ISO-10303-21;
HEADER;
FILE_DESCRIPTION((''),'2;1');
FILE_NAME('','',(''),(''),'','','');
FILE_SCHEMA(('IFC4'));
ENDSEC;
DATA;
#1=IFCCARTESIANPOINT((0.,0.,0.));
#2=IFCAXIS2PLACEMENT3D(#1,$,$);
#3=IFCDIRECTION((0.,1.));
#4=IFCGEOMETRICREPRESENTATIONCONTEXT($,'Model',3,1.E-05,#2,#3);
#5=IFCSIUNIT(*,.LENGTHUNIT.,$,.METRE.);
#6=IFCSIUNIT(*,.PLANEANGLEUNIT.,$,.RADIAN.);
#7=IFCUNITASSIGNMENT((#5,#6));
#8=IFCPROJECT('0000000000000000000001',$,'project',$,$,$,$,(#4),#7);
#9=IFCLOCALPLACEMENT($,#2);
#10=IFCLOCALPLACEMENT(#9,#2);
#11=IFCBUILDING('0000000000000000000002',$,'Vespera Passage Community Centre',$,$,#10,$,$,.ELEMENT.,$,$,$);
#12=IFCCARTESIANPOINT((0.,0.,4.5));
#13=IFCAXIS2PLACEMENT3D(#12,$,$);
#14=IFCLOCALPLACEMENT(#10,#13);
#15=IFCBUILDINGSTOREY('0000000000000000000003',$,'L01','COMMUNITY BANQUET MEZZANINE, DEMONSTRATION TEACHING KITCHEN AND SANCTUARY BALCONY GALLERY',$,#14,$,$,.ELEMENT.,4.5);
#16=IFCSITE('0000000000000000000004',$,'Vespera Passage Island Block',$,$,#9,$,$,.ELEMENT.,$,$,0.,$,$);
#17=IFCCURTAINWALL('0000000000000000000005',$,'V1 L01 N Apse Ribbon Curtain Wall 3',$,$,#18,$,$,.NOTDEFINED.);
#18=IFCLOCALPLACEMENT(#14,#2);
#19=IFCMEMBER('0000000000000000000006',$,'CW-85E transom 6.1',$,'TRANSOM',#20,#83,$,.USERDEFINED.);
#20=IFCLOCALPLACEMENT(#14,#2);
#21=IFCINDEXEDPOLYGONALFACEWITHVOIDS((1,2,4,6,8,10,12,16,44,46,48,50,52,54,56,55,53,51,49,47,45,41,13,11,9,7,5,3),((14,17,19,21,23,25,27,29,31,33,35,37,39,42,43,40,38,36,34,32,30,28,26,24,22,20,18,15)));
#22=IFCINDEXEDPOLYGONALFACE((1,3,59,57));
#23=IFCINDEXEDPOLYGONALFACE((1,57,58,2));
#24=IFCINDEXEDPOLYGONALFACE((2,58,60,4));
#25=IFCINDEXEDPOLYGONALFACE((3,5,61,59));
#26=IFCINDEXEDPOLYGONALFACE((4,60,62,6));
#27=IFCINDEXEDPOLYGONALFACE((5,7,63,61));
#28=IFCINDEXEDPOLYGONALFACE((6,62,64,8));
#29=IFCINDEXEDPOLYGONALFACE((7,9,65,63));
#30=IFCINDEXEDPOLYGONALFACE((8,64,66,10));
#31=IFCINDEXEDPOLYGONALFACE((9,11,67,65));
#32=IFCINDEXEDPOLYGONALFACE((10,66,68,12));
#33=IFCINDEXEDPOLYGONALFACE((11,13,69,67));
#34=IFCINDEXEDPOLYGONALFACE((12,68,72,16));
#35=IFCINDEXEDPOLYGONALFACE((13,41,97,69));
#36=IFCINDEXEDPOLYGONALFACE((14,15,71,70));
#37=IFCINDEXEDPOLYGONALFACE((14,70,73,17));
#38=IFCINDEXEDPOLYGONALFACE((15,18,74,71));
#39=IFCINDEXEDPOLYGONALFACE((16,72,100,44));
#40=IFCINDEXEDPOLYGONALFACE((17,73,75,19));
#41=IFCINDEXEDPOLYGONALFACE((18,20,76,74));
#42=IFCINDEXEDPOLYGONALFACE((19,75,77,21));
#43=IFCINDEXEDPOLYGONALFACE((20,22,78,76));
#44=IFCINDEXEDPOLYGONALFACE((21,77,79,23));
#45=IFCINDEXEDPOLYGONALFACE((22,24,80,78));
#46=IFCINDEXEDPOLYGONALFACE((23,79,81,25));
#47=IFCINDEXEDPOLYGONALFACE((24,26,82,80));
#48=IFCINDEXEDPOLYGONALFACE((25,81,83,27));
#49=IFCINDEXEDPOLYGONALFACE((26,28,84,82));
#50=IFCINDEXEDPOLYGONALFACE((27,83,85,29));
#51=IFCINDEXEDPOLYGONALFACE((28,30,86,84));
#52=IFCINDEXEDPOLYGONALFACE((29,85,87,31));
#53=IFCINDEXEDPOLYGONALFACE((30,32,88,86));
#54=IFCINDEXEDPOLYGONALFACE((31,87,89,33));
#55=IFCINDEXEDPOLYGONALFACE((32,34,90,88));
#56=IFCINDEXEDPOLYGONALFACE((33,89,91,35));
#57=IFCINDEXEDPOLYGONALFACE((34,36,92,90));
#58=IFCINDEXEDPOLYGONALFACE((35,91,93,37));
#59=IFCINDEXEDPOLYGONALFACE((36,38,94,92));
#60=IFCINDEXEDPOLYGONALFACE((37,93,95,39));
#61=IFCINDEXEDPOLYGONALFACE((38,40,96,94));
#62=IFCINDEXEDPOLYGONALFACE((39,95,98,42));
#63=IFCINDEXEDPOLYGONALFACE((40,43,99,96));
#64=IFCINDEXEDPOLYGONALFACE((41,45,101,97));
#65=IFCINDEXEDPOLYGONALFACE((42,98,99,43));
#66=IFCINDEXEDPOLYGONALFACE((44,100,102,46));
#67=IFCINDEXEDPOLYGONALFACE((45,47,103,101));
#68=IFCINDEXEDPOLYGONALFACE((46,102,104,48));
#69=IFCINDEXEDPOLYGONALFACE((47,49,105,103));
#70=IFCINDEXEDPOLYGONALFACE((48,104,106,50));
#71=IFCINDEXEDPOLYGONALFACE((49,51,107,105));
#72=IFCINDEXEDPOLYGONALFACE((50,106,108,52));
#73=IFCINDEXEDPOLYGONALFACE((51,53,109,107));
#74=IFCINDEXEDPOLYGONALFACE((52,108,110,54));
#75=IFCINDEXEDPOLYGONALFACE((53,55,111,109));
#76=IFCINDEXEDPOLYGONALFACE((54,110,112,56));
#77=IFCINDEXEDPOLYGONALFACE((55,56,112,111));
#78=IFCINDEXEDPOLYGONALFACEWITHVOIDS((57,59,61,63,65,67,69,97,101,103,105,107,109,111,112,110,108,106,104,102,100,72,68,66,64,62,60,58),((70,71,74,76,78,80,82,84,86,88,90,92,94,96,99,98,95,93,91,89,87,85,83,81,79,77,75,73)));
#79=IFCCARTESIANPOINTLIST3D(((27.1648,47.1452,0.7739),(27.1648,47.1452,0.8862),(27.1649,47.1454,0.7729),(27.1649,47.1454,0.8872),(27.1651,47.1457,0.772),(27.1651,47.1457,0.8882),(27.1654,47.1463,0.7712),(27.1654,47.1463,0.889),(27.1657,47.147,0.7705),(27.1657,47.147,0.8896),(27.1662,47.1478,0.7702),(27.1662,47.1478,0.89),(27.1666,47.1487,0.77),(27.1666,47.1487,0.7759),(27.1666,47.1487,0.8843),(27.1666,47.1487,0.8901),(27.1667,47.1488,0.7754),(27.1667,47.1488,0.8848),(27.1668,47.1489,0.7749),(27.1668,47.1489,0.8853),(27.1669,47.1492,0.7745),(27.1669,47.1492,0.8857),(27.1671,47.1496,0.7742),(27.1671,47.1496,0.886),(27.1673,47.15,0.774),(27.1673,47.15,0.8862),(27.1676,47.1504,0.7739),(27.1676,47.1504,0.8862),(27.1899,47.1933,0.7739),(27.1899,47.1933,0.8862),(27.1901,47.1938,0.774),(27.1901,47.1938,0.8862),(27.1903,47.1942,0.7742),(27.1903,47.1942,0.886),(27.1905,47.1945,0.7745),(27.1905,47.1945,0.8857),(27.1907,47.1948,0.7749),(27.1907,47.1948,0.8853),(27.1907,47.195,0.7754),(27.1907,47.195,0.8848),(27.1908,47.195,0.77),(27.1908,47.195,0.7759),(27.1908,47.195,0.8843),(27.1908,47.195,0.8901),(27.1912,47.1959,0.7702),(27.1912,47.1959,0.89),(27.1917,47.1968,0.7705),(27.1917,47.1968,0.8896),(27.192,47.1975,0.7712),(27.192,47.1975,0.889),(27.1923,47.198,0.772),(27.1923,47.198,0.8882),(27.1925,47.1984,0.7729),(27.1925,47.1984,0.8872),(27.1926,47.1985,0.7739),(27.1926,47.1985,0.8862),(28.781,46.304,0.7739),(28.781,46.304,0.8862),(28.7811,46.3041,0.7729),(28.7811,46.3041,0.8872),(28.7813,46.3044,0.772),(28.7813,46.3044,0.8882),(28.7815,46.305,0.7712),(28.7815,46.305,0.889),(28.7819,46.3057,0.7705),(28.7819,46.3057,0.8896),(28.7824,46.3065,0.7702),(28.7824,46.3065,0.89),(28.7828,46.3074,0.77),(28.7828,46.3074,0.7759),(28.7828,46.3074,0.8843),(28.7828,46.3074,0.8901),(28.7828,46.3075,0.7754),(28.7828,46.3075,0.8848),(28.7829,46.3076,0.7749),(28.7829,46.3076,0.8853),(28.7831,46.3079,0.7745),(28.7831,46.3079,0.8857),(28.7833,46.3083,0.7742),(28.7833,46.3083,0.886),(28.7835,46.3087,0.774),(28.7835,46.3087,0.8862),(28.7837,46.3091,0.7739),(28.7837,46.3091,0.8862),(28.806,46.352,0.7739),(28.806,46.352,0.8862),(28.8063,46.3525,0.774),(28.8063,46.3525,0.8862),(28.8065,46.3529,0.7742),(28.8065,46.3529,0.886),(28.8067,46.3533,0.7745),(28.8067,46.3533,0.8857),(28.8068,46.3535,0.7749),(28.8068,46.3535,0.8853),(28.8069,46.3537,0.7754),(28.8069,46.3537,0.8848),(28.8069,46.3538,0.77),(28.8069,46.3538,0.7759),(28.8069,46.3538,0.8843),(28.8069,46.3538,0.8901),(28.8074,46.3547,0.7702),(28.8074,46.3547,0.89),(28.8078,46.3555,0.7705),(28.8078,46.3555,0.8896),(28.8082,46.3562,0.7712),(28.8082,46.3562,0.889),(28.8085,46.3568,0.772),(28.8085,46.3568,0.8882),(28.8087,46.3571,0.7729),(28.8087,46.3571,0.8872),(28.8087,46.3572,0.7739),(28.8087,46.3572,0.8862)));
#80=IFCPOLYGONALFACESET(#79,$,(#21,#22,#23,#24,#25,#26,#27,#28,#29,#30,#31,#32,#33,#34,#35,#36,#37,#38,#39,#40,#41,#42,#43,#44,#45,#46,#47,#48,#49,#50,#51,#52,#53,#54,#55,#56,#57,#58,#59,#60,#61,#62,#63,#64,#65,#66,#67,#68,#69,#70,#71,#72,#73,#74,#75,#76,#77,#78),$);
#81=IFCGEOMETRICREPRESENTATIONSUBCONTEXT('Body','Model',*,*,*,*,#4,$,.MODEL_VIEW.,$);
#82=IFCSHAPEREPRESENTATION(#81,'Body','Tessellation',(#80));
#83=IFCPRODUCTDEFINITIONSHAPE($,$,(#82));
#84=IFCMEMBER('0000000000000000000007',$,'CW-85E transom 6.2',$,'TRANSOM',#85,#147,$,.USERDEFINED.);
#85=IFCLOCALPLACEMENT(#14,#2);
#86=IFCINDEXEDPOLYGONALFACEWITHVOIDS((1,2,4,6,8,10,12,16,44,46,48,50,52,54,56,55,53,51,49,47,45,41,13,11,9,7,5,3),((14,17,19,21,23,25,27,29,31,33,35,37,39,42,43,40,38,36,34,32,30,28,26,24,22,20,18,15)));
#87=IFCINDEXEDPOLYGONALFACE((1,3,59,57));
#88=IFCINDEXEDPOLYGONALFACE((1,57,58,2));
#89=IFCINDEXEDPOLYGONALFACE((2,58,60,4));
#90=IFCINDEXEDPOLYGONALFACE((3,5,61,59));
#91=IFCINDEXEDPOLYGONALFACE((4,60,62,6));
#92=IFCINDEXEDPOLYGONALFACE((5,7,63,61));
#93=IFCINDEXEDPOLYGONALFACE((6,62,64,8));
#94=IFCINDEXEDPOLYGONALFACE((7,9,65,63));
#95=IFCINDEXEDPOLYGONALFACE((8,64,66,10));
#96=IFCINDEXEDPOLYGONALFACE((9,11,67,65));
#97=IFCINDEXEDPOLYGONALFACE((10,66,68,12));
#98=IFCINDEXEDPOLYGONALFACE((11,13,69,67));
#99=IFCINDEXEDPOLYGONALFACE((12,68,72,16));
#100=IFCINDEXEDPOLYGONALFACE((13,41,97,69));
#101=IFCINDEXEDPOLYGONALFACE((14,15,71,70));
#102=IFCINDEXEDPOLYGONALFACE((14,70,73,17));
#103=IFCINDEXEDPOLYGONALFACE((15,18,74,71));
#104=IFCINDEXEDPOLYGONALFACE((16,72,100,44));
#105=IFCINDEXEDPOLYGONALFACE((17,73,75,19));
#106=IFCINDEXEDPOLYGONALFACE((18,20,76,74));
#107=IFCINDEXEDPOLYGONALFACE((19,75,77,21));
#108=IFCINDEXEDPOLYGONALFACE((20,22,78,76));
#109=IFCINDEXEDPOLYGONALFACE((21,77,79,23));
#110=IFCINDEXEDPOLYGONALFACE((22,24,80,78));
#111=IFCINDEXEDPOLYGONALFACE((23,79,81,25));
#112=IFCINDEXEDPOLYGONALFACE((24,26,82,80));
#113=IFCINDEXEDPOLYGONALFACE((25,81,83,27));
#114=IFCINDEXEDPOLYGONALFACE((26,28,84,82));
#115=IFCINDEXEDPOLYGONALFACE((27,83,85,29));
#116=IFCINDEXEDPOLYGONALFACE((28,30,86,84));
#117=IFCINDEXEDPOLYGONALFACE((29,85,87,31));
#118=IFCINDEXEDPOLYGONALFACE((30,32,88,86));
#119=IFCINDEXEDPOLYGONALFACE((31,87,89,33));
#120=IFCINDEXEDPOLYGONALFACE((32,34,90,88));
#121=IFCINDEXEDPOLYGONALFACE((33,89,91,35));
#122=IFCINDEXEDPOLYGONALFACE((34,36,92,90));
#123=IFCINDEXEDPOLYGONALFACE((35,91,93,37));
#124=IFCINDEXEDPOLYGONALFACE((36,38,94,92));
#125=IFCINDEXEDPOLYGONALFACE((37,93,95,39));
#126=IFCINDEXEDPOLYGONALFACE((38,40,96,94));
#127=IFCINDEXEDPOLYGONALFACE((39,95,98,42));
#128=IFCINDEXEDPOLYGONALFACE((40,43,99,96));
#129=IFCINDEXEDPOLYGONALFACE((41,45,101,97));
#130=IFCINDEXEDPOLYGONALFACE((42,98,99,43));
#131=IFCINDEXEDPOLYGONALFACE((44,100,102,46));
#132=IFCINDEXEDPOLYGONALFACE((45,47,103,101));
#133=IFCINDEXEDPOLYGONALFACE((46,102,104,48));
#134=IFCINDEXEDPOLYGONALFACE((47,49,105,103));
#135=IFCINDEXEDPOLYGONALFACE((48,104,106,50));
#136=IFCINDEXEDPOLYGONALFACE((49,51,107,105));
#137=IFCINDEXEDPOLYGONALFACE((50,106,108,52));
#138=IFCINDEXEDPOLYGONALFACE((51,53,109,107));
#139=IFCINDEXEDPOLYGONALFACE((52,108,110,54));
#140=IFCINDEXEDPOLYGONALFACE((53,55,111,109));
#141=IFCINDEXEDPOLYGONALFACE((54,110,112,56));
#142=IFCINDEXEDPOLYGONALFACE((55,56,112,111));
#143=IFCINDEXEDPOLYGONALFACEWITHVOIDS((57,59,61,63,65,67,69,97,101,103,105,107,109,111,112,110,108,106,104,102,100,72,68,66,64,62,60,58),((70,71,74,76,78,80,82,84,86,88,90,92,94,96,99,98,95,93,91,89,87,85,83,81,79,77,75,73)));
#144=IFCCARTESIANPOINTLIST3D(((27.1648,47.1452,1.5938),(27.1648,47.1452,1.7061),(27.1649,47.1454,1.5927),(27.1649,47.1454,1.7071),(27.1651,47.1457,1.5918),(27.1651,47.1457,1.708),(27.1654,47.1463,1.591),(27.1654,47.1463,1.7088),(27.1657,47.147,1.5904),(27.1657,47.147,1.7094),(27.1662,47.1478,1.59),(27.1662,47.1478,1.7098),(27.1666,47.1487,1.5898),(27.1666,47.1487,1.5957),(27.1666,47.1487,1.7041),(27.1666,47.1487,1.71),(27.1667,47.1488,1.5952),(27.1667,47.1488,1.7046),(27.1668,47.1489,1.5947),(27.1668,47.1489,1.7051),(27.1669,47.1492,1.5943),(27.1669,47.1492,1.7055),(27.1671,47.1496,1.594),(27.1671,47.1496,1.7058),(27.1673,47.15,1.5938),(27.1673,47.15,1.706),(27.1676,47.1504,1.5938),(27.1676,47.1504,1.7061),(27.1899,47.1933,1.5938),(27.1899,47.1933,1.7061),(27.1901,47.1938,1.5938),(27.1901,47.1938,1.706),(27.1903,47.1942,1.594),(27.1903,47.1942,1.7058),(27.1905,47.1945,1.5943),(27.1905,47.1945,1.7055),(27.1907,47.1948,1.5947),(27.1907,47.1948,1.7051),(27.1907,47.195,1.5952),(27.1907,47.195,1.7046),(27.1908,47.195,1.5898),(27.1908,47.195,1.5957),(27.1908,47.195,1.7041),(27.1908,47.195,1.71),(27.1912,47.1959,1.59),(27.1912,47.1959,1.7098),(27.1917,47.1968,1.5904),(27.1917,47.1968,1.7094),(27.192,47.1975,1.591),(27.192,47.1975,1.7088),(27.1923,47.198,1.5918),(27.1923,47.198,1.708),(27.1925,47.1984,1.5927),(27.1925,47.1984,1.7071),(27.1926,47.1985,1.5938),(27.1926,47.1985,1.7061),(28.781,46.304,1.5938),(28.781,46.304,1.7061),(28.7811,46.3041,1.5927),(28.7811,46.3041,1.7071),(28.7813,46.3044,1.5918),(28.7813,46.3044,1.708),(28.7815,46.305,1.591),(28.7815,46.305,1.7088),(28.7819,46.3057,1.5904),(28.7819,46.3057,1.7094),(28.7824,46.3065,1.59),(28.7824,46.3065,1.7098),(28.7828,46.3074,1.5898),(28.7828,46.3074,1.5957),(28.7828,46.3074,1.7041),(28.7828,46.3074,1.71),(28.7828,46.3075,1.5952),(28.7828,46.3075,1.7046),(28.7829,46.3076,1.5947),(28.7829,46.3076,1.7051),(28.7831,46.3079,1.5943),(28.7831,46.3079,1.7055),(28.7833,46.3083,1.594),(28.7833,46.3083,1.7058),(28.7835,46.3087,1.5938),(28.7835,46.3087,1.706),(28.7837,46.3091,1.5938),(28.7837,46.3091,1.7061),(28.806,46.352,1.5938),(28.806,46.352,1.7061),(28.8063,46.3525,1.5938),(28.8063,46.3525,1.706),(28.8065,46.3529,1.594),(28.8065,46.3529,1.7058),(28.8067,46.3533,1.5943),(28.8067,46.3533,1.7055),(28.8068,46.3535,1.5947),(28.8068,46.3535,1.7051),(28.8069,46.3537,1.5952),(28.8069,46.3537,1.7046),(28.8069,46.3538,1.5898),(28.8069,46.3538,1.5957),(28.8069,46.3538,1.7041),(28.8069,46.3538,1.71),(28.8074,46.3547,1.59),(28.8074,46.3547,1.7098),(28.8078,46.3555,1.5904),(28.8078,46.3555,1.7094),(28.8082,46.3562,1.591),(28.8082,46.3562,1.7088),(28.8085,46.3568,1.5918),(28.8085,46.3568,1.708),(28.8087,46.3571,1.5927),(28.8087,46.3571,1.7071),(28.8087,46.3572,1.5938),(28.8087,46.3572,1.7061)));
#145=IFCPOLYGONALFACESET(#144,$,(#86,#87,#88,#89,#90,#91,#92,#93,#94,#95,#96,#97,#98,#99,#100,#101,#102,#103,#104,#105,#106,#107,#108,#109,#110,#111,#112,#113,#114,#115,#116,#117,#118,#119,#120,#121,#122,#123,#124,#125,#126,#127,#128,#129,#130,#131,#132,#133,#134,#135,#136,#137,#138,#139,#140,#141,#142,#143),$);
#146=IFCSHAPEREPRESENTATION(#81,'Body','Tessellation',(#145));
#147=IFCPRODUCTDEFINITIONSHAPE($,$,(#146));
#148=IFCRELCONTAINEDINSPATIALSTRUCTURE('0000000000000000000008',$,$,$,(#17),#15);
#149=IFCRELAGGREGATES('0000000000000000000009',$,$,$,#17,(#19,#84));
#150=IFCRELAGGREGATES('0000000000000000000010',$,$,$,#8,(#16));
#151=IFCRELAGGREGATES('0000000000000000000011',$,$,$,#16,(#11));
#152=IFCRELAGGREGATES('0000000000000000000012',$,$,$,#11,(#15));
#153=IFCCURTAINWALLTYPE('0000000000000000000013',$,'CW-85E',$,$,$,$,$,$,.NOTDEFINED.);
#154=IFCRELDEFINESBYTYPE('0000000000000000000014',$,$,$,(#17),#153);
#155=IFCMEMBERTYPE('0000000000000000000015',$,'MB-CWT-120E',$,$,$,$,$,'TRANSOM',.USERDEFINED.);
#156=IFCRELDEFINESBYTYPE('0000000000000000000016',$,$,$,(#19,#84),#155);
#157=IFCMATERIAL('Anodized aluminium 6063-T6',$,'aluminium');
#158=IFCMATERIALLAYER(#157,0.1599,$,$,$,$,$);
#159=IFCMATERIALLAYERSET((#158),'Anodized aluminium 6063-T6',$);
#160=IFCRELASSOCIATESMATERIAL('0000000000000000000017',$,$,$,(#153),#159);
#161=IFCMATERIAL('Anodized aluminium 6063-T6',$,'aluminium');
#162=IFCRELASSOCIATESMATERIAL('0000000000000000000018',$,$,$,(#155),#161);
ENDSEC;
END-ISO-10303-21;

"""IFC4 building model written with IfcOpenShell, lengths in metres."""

from ifc_helpers import new_model, si_unit, direction, frame, origin, origin_2d, place, context, subcontext, project, spatial, hollow_rectangle, extrude, material, layer, layer_set, material_profile, profile_set, type_object, element, aggregate, save


model = new_model("IFC4")

# Units and contexts
model_context = context("Model", 3, precision=1e-05, world=origin(), true_north=direction((0.0, 1.0)))
body_context = subcontext(model_context, "Body", "Model", "MODEL_VIEW")
ifc_project = project(units=[si_unit("LENGTHUNIT", "METRE"), si_unit("PLANEANGLEUNIT", "RADIAN")], contexts=[model_context])

# Site, building, storey
site_placement = place(None, origin())
site = spatial("IfcSite", under=ifc_project, at=site_placement, Name="Vespera Passage Island Block", CompositionType="ELEMENT", RefElevation=0.0)
building_placement = place(site_placement, origin())
building = spatial("IfcBuilding", under=site, at=building_placement, Name="Vespera Passage Community Centre", CompositionType="ELEMENT")
storey_placement = place(building_placement, frame((0.0, 0.0, 4.5)))
storey = spatial("IfcBuildingStorey", under=building, at=storey_placement, Name="L01", Description="COMMUNITY BANQUET MEZZANINE, DEMONSTRATION TEACHING KITCHEN AND SANCTUARY BALCONY GALLERY", CompositionType="ELEMENT", Elevation=4.5)

# Curtain wall
ifc_material_1 = material(Name="Anodized aluminium 6063-T6", Category="aluminium")
ifc_layer_1 = layer(ifc_material_1, 0.1599)
ifc_layer_set_1 = layer_set([ifc_layer_1], Name="Anodized aluminium 6063-T6")
curtain_wall_type_1 = type_object("IfcCurtainWallType", Name="CW-85E", PredefinedType="NOTDEFINED", material=ifc_layer_set_1)
curtain_wall_1_placement = place(storey_placement, origin())
curtain_wall_1 = element("IfcCurtainWall", 1, at=curtain_wall_1_placement, inside=storey, type_object=curtain_wall_type_1, Name="V1 L01 N Apse Ribbon Curtain Wall 3", PredefinedType="NOTDEFINED")
ifc_material_2 = material(Name="Anodized aluminium 6063-T6", Category="aluminium")
ifc_material_profile_1 = material_profile(ifc_material_2, hollow_rectangle(XDim=0.0601, YDim=0.1201, WallThickness=0.0039, InnerFilletRadius=0.002, OuterFilletRadius=0.0039, at=origin_2d()), Name="ALU120X60X4")
ifc_profile_set_1 = profile_set([ifc_material_profile_1], Name="Anodized aluminium 6063-T6")
member_type_1 = type_object("IfcMemberType", Name="MB-CWT-120E", ElementType="TRANSOM", PredefinedType="USERDEFINED", material=ifc_profile_set_1)

# Members
member_1_placement = place(storey_placement, frame((27.1787, 47.1719, 0.8301), z_axis=(0.887019, -0.461732, 0.0), x_axis=(0.461732, 0.887019, 0.0)))
member_1 = element("IfcMember", 2, at=member_1_placement, type_object=member_type_1, Name="CW-85E transom 6.1", ObjectType="TRANSOM", PredefinedType="USERDEFINED", context=body_context, shape_type="SweptSolid", body=[
    extrude(hollow_rectangle(XDim=0.0601, YDim=0.1201, WallThickness=0.0039, InnerFilletRadius=0.002, OuterFilletRadius=0.0039, at=origin_2d()), origin(), (0.0, 0.0, 1.0), 1.822),
])
member_2_placement = place(storey_placement, frame((27.1787, 47.1719, 1.6499), z_axis=(0.887019, -0.461732, 0.0), x_axis=(0.461732, 0.887019, 0.0)))
member_2 = element("IfcMember", 3, at=member_2_placement, type_object=member_type_1, Name="CW-85E transom 6.2", ObjectType="TRANSOM", PredefinedType="USERDEFINED", context=body_context, shape_type="SweptSolid", body=[
    extrude(hollow_rectangle(XDim=0.0601, YDim=0.1201, WallThickness=0.0039, InnerFilletRadius=0.002, OuterFilletRadius=0.0039, at=origin_2d()), origin(), (0.0, 0.0, 1.0), 1.822),
])

aggregate(curtain_wall_1, [member_1, member_2])

save(model, "model.ifc")
